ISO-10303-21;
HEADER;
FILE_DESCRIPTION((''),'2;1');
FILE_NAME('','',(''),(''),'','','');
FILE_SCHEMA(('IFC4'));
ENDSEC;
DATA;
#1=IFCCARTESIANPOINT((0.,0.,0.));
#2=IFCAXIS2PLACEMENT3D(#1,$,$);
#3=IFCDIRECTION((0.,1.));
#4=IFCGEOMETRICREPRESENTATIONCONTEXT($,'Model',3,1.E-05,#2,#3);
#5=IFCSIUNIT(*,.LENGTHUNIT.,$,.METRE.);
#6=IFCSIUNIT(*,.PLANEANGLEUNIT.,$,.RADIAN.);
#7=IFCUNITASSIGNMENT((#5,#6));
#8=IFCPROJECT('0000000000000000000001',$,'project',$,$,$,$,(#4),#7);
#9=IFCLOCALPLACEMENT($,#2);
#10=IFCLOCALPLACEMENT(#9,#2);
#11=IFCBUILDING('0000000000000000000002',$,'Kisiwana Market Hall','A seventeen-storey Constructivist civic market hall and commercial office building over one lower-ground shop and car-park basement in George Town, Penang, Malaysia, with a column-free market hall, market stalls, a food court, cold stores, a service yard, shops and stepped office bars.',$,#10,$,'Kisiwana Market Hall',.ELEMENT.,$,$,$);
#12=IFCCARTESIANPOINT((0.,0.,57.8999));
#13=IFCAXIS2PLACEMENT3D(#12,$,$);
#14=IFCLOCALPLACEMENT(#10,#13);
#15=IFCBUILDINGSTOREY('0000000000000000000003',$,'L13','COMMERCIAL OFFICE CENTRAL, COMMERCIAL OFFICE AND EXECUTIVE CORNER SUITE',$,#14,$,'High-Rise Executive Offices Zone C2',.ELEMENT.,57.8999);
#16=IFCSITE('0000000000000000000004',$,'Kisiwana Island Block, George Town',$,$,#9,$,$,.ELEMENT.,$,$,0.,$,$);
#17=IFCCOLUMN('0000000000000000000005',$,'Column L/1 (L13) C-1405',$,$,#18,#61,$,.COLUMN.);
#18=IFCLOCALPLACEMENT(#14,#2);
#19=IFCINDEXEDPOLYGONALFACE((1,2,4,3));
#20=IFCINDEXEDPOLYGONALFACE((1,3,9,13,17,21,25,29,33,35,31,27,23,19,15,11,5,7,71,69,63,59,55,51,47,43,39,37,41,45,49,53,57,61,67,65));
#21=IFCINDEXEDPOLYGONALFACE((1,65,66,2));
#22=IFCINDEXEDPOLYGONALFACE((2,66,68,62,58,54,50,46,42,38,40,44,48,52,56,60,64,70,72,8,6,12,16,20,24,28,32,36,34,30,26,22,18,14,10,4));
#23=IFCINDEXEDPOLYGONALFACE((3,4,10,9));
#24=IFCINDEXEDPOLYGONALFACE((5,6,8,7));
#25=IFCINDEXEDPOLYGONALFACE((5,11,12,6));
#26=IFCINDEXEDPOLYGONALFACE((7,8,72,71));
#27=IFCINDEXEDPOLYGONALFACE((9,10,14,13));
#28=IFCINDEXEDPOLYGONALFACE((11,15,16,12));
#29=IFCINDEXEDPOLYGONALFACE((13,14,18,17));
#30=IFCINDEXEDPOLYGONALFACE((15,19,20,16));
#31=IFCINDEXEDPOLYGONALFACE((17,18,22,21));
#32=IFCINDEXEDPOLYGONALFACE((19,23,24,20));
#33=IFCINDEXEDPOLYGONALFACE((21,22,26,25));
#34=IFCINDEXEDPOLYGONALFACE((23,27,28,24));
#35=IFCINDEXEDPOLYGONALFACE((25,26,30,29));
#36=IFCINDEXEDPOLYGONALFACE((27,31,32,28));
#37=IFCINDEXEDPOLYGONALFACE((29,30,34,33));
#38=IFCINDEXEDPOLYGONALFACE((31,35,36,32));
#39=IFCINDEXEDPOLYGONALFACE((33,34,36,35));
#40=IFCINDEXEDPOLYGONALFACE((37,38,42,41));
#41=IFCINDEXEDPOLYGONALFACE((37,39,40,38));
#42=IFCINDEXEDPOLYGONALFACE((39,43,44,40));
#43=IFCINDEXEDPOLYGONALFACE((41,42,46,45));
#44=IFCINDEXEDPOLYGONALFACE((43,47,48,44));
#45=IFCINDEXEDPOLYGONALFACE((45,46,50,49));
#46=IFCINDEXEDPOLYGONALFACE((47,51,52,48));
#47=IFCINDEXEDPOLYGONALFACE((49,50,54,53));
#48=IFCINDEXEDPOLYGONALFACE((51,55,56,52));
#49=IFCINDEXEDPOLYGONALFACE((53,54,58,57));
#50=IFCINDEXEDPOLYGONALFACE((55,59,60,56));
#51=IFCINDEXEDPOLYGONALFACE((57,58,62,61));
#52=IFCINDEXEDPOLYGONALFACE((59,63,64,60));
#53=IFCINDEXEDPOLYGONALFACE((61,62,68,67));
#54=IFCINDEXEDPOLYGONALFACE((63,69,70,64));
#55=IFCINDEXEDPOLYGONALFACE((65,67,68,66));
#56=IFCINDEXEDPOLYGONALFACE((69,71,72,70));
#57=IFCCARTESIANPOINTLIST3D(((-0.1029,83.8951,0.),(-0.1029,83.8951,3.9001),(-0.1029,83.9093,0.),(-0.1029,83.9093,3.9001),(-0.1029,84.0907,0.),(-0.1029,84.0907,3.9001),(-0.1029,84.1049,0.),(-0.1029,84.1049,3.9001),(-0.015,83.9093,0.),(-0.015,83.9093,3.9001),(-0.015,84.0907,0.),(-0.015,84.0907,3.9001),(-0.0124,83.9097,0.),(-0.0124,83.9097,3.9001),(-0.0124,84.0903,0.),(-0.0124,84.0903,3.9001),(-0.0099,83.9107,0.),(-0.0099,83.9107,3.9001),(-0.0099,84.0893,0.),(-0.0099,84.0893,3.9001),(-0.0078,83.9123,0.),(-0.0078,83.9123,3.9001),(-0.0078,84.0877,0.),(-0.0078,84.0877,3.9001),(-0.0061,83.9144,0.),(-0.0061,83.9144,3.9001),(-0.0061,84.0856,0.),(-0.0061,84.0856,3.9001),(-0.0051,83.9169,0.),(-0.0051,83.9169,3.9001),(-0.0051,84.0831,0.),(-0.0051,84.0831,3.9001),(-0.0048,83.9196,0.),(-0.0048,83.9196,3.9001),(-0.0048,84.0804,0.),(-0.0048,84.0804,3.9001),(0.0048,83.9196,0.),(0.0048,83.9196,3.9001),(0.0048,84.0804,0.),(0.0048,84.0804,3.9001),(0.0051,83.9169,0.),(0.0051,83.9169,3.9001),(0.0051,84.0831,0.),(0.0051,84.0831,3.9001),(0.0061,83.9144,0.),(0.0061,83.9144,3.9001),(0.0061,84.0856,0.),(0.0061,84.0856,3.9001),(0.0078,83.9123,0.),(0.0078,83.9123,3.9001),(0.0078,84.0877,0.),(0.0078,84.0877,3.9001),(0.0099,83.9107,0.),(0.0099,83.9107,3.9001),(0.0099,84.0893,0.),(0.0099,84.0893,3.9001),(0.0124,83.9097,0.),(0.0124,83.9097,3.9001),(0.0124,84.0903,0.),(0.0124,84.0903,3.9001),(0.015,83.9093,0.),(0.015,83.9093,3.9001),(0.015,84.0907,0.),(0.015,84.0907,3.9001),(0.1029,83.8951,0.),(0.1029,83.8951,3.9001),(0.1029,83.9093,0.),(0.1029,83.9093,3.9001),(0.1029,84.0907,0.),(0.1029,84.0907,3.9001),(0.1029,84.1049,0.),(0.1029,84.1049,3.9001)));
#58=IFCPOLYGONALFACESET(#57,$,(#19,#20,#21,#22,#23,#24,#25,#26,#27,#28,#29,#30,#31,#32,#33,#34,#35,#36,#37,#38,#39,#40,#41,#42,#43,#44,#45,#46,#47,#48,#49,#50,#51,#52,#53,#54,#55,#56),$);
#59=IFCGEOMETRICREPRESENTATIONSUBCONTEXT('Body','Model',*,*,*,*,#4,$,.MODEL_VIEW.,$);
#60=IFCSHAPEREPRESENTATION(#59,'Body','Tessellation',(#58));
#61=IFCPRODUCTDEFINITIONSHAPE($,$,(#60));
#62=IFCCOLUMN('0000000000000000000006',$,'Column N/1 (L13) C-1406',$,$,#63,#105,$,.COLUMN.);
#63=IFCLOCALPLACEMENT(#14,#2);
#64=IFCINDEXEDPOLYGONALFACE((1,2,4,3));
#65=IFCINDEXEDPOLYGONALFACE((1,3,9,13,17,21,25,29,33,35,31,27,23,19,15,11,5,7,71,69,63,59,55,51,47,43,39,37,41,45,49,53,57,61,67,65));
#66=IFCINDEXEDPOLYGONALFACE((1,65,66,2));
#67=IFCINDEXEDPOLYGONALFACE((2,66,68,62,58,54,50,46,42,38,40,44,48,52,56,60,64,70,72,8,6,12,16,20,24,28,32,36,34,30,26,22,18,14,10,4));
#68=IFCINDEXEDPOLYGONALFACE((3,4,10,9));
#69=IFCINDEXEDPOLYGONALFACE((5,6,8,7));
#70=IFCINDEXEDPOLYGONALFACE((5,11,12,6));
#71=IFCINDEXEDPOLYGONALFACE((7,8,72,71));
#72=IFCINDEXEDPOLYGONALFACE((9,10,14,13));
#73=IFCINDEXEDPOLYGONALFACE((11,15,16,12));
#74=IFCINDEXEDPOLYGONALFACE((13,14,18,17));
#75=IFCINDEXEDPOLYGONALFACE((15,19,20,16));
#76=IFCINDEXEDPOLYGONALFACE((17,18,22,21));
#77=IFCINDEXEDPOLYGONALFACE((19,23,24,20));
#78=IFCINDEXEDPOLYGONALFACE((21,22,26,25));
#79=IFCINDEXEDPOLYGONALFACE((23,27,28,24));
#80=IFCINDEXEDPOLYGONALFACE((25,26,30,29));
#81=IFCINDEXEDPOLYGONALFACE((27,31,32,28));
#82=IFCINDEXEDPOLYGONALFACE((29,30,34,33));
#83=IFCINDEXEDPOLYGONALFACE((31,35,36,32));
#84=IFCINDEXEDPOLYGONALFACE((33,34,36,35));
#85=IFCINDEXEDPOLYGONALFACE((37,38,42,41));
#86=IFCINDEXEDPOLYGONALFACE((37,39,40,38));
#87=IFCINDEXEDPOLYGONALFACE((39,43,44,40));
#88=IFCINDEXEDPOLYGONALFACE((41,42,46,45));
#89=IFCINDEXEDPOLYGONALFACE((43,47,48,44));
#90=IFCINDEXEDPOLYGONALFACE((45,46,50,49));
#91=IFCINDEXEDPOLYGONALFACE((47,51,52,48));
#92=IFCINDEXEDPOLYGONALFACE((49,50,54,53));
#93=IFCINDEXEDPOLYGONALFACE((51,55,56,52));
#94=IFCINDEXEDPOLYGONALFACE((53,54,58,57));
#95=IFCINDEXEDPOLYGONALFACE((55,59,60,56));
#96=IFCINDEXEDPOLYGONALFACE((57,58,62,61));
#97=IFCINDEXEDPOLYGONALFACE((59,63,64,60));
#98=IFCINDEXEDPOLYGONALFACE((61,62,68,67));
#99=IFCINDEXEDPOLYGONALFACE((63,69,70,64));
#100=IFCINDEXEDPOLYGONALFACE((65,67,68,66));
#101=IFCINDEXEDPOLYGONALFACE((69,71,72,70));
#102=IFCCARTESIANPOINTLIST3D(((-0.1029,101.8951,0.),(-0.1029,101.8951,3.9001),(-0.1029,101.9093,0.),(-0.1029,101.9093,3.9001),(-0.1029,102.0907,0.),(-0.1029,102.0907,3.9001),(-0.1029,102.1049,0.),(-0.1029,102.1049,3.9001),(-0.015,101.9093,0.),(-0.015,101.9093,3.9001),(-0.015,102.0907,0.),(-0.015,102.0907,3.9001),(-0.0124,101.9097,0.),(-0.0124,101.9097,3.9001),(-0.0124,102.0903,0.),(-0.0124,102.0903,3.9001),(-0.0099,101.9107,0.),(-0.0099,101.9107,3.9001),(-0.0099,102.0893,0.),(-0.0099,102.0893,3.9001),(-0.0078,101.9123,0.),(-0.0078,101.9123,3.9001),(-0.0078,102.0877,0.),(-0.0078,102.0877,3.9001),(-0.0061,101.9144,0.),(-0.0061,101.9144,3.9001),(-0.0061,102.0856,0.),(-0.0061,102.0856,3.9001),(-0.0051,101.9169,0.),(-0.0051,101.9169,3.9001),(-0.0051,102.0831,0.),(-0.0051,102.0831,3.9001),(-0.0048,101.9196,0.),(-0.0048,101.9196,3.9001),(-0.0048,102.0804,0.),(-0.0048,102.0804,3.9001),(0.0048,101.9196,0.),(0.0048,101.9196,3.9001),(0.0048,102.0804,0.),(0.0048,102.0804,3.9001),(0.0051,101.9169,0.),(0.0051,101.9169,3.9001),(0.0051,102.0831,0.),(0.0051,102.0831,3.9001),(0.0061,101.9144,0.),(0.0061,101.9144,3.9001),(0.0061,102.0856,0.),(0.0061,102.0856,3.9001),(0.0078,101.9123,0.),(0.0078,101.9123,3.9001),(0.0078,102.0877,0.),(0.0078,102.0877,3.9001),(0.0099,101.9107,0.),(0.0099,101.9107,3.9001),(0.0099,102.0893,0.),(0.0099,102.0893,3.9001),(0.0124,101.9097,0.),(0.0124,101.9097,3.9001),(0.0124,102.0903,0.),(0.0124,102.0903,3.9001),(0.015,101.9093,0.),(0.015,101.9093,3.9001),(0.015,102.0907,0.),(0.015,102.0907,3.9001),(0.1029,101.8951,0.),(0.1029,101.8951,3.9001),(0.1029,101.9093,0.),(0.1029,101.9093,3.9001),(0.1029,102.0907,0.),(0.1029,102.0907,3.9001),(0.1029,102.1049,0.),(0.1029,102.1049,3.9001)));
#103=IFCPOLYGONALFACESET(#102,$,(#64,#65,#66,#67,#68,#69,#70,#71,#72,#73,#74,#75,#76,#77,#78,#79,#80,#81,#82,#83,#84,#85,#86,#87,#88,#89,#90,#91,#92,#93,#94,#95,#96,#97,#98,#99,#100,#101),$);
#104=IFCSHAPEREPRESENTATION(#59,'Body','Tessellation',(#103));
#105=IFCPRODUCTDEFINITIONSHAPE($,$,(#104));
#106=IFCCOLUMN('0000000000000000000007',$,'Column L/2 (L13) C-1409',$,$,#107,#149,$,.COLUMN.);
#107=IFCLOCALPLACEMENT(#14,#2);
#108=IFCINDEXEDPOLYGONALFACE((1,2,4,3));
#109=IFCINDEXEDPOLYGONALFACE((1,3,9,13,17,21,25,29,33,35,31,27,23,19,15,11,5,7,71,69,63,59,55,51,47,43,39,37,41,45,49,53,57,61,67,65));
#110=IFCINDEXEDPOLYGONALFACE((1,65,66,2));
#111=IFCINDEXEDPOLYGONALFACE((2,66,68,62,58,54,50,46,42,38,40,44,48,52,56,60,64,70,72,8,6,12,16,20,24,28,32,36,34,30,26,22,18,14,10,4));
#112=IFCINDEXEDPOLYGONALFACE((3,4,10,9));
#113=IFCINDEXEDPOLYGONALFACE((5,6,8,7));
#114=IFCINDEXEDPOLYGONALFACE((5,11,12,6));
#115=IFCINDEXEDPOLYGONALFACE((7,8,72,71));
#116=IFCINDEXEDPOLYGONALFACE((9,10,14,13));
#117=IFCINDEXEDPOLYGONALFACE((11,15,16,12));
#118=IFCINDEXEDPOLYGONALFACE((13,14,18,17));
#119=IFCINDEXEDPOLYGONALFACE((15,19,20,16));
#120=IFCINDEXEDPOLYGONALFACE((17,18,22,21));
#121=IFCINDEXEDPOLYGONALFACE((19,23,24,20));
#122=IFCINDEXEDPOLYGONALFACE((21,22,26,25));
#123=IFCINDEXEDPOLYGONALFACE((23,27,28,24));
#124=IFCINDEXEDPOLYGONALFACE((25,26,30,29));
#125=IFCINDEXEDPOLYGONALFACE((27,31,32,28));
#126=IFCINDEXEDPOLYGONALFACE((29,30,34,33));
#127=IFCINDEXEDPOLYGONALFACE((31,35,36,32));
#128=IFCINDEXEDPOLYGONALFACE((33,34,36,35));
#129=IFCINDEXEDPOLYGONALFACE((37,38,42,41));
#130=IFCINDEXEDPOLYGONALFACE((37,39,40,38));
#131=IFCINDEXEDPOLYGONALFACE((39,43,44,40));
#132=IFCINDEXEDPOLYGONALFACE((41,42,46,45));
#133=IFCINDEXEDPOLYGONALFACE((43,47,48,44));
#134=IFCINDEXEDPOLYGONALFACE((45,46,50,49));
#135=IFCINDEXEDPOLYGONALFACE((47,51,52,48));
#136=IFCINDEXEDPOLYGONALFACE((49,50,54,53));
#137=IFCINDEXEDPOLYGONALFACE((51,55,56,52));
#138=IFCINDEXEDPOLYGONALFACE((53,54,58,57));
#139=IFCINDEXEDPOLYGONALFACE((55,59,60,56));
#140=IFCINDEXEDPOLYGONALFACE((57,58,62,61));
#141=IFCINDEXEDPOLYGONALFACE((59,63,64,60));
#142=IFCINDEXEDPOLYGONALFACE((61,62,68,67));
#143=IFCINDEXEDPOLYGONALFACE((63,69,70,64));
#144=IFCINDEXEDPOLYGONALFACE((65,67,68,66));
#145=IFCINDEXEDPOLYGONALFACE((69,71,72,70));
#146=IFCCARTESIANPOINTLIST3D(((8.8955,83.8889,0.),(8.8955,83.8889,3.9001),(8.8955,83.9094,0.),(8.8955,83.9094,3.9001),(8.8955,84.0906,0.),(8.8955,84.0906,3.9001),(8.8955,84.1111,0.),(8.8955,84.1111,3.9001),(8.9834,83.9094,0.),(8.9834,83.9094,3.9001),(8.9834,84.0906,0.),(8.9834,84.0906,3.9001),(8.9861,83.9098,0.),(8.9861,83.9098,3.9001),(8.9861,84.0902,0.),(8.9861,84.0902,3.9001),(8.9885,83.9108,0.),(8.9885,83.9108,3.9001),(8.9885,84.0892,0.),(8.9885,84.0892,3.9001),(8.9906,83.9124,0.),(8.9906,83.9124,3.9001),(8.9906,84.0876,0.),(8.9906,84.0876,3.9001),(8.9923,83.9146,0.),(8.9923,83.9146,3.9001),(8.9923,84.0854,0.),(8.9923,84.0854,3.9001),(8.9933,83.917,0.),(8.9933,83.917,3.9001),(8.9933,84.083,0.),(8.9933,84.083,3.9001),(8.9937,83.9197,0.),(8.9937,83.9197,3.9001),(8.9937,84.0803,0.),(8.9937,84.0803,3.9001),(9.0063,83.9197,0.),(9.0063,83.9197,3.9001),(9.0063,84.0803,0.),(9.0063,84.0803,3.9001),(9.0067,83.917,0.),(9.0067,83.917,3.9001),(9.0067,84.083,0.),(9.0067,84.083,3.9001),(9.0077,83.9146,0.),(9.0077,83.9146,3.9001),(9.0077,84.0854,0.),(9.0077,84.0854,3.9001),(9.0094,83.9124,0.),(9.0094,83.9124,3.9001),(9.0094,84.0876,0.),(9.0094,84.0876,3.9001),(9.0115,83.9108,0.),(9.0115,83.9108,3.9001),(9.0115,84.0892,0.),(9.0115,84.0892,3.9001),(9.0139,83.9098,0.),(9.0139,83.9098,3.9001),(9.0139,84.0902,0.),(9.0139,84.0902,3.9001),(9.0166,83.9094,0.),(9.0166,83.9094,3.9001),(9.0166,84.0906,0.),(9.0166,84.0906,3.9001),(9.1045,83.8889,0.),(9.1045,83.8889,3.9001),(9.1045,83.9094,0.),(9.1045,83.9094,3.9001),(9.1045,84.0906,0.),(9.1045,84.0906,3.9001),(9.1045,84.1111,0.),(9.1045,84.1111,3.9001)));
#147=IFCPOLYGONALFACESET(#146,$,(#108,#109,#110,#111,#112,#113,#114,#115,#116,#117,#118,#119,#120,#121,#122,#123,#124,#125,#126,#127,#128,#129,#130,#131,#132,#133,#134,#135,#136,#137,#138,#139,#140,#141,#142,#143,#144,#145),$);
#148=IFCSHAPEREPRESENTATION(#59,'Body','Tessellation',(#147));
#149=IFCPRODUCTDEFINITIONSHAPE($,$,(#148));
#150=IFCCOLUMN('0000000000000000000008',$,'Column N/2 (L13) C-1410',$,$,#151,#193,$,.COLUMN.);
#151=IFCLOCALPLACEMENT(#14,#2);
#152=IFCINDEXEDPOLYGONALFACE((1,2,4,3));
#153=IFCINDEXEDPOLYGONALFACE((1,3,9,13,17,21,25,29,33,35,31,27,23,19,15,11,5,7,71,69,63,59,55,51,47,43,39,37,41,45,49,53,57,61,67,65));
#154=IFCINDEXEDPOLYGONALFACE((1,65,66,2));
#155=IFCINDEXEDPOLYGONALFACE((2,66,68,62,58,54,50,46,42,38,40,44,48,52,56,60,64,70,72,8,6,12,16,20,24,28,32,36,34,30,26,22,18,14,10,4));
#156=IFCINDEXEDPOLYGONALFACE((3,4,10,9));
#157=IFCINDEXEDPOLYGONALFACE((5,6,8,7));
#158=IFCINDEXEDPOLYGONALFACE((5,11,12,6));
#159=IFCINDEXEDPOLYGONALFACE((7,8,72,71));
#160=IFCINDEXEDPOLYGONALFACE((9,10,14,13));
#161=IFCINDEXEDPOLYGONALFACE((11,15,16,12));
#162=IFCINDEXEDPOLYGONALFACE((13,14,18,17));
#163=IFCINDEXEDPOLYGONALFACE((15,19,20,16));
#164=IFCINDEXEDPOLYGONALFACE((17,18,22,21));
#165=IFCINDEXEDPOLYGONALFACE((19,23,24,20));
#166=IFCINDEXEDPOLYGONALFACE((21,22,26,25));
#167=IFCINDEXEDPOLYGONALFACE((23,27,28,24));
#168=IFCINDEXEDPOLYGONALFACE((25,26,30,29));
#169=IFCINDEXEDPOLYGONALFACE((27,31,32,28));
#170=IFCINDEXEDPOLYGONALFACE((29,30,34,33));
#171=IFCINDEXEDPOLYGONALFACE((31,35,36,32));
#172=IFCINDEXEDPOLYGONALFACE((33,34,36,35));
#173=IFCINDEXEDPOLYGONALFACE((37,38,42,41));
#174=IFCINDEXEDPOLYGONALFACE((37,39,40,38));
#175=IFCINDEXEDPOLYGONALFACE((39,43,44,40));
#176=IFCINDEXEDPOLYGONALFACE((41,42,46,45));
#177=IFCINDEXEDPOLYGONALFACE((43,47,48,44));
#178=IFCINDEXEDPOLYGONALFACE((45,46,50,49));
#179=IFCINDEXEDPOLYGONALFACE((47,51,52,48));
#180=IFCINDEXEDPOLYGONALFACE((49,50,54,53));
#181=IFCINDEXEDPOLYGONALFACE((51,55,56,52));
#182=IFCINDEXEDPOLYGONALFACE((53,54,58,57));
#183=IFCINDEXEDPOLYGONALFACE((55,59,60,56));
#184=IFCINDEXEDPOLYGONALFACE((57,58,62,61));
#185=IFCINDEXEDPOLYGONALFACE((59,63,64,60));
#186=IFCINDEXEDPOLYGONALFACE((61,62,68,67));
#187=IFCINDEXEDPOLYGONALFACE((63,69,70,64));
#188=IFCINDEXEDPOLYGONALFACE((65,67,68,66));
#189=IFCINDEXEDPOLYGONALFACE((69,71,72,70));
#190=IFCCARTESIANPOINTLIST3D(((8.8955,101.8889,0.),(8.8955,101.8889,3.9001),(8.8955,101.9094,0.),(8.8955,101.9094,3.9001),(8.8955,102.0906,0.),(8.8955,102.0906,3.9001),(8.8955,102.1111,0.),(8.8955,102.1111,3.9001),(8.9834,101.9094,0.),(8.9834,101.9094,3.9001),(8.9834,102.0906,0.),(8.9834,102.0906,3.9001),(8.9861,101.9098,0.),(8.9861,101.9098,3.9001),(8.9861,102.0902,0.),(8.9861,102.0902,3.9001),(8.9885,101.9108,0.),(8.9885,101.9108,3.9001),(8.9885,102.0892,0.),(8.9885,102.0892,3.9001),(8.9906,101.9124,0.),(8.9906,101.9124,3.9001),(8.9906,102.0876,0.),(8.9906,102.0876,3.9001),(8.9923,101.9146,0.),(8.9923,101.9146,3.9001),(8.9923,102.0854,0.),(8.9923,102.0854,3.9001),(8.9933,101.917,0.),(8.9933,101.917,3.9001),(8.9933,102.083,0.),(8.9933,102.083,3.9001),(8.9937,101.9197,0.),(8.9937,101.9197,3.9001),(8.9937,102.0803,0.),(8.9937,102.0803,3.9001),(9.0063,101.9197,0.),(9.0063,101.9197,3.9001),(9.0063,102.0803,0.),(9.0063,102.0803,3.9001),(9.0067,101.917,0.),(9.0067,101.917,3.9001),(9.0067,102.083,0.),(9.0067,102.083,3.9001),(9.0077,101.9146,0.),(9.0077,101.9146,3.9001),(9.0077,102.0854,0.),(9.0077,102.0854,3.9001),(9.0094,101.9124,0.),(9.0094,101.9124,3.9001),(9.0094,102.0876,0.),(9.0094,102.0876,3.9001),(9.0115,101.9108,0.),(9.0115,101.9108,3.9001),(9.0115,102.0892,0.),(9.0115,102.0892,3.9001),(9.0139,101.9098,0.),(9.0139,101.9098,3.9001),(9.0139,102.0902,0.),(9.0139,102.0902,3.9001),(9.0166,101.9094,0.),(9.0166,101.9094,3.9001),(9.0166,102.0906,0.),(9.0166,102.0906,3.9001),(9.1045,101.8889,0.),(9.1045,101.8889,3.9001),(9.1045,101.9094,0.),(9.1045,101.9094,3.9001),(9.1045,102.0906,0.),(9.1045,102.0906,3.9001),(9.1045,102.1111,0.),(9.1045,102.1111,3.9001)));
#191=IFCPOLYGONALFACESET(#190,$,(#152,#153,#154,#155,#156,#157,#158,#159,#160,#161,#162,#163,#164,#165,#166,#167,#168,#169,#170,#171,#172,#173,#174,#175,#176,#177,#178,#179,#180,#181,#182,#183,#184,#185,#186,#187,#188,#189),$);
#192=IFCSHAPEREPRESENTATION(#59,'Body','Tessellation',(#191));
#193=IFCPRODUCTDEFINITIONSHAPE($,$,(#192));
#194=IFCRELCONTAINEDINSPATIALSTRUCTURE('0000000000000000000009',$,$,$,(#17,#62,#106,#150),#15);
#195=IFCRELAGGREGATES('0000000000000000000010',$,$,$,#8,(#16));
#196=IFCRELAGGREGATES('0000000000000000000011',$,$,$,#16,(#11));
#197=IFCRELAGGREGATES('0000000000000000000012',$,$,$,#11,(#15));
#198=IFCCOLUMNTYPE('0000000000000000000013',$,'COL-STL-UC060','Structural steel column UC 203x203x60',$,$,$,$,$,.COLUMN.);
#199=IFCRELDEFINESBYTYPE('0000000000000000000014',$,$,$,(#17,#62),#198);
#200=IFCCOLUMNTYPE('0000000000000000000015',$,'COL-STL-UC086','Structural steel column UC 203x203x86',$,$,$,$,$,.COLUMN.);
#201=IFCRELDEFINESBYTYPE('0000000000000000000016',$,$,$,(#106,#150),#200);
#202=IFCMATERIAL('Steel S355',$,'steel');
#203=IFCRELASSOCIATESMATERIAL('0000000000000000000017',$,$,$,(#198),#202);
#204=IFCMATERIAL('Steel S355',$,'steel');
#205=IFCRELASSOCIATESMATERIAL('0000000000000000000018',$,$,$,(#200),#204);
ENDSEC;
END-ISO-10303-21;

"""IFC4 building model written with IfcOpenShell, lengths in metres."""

from ifc_helpers import new_model, si_unit, direction, frame, origin, origin_2d, place, context, subcontext, project, spatial, i_section, extrude, material, material_profile, profile_set, type_object, element, save


model = new_model("IFC4")

# Units and contexts
model_context = context("Model", 3, precision=1e-05, world=origin(), true_north=direction((0.0, 1.0)))
body_context = subcontext(model_context, "Body", "Model", "MODEL_VIEW")
ifc_project = project(units=[si_unit("LENGTHUNIT", "METRE"), si_unit("PLANEANGLEUNIT", "RADIAN")], contexts=[model_context])

# Site, building, storey
site_placement = place(None, origin())
site = spatial("IfcSite", under=ifc_project, at=site_placement, Name="Kisiwana Island Block, George Town", CompositionType="ELEMENT", RefElevation=0.0)
building_placement = place(site_placement, origin())
building = spatial("IfcBuilding", under=site, at=building_placement, Name="Kisiwana Market Hall", Description="A seventeen-storey Constructivist civic market hall and commercial office building over one lower-ground shop and car-park basement in George Town, Penang, Malaysia, with a column-free market hall, market stalls, a food court, cold stores, a service yard, shops and stepped office bars.", LongName="Kisiwana Market Hall", CompositionType="ELEMENT")
storey_placement = place(building_placement, frame((0.0, 0.0, 57.8999)))
storey = spatial("IfcBuildingStorey", under=building, at=storey_placement, Name="L13", Description="COMMERCIAL OFFICE CENTRAL, COMMERCIAL OFFICE AND EXECUTIVE CORNER SUITE", LongName="High-Rise Executive Offices Zone C2", CompositionType="ELEMENT", Elevation=57.8999)

# Columns
ifc_material_1 = material(Name="Steel S355", Category="steel")
ifc_material_profile_1 = material_profile(ifc_material_1, i_section(OverallWidth=0.2058, OverallDepth=0.2097, WebThickness=0.0095, FlangeThickness=0.0142, FilletRadius=0.0103, at=origin_2d()), Name="UC 203x203x60")
ifc_profile_set_1 = profile_set([ifc_material_profile_1], Name="Steel S355")
column_type_1 = type_object("IfcColumnType", Name="COL-STL-UC060", Description="Structural steel column UC 203x203x60", PredefinedType="COLUMN", material=ifc_profile_set_1)
for number, where, z_axis, x_axis, name in (
    (1, (0.0, 84.0, 0.0), (0.0, 0.0, 1.0), (1.0, 0.0, 0.0), "Column L/1 (L13) C-1405"),
    (2, (0.0, 102.0, 0.0), (0.0, 0.0, 1.0), (1.0, 0.0, 0.0), "Column N/1 (L13) C-1406"),
):
    element("IfcColumn", number, at=place(storey_placement, frame(where, z_axis=z_axis, x_axis=x_axis)), inside=storey, type_object=column_type_1, Name=name, PredefinedType="COLUMN", context=body_context, shape_type="SweptSolid", body=[
        extrude(i_section(OverallWidth=0.2058, OverallDepth=0.2097, WebThickness=0.0095, FlangeThickness=0.0142, FilletRadius=0.0103, at=origin_2d()), origin(), (0.0, 0.0, 1.0), 3.9001),
    ])
ifc_material_2 = material(Name="Steel S355", Category="steel")
ifc_material_profile_2 = material_profile(ifc_material_2, i_section(OverallWidth=0.209, OverallDepth=0.2222, WebThickness=0.0127, FlangeThickness=0.0205, FilletRadius=0.0103, at=origin_2d()), Name="UC 203x203x86")
ifc_profile_set_2 = profile_set([ifc_material_profile_2], Name="Steel S355")
column_type_2 = type_object("IfcColumnType", Name="COL-STL-UC086", Description="Structural steel column UC 203x203x86", PredefinedType="COLUMN", material=ifc_profile_set_2)
for number, where, z_axis, x_axis, name in (
    (3, (9.0, 84.0, 0.0), (0.0, 0.0, 1.0), (1.0, 0.0, 0.0), "Column L/2 (L13) C-1409"),
    (4, (9.0, 102.0, 0.0), (0.0, 0.0, 1.0), (1.0, 0.0, 0.0), "Column N/2 (L13) C-1410"),
):
    element("IfcColumn", number, at=place(storey_placement, frame(where, z_axis=z_axis, x_axis=x_axis)), inside=storey, type_object=column_type_2, Name=name, PredefinedType="COLUMN", context=body_context, shape_type="SweptSolid", body=[
        extrude(i_section(OverallWidth=0.209, OverallDepth=0.2222, WebThickness=0.0127, FlangeThickness=0.0205, FilletRadius=0.0103, at=origin_2d()), origin(), (0.0, 0.0, 1.0), 3.9001),
    ])

save(model, "model.ifc")
